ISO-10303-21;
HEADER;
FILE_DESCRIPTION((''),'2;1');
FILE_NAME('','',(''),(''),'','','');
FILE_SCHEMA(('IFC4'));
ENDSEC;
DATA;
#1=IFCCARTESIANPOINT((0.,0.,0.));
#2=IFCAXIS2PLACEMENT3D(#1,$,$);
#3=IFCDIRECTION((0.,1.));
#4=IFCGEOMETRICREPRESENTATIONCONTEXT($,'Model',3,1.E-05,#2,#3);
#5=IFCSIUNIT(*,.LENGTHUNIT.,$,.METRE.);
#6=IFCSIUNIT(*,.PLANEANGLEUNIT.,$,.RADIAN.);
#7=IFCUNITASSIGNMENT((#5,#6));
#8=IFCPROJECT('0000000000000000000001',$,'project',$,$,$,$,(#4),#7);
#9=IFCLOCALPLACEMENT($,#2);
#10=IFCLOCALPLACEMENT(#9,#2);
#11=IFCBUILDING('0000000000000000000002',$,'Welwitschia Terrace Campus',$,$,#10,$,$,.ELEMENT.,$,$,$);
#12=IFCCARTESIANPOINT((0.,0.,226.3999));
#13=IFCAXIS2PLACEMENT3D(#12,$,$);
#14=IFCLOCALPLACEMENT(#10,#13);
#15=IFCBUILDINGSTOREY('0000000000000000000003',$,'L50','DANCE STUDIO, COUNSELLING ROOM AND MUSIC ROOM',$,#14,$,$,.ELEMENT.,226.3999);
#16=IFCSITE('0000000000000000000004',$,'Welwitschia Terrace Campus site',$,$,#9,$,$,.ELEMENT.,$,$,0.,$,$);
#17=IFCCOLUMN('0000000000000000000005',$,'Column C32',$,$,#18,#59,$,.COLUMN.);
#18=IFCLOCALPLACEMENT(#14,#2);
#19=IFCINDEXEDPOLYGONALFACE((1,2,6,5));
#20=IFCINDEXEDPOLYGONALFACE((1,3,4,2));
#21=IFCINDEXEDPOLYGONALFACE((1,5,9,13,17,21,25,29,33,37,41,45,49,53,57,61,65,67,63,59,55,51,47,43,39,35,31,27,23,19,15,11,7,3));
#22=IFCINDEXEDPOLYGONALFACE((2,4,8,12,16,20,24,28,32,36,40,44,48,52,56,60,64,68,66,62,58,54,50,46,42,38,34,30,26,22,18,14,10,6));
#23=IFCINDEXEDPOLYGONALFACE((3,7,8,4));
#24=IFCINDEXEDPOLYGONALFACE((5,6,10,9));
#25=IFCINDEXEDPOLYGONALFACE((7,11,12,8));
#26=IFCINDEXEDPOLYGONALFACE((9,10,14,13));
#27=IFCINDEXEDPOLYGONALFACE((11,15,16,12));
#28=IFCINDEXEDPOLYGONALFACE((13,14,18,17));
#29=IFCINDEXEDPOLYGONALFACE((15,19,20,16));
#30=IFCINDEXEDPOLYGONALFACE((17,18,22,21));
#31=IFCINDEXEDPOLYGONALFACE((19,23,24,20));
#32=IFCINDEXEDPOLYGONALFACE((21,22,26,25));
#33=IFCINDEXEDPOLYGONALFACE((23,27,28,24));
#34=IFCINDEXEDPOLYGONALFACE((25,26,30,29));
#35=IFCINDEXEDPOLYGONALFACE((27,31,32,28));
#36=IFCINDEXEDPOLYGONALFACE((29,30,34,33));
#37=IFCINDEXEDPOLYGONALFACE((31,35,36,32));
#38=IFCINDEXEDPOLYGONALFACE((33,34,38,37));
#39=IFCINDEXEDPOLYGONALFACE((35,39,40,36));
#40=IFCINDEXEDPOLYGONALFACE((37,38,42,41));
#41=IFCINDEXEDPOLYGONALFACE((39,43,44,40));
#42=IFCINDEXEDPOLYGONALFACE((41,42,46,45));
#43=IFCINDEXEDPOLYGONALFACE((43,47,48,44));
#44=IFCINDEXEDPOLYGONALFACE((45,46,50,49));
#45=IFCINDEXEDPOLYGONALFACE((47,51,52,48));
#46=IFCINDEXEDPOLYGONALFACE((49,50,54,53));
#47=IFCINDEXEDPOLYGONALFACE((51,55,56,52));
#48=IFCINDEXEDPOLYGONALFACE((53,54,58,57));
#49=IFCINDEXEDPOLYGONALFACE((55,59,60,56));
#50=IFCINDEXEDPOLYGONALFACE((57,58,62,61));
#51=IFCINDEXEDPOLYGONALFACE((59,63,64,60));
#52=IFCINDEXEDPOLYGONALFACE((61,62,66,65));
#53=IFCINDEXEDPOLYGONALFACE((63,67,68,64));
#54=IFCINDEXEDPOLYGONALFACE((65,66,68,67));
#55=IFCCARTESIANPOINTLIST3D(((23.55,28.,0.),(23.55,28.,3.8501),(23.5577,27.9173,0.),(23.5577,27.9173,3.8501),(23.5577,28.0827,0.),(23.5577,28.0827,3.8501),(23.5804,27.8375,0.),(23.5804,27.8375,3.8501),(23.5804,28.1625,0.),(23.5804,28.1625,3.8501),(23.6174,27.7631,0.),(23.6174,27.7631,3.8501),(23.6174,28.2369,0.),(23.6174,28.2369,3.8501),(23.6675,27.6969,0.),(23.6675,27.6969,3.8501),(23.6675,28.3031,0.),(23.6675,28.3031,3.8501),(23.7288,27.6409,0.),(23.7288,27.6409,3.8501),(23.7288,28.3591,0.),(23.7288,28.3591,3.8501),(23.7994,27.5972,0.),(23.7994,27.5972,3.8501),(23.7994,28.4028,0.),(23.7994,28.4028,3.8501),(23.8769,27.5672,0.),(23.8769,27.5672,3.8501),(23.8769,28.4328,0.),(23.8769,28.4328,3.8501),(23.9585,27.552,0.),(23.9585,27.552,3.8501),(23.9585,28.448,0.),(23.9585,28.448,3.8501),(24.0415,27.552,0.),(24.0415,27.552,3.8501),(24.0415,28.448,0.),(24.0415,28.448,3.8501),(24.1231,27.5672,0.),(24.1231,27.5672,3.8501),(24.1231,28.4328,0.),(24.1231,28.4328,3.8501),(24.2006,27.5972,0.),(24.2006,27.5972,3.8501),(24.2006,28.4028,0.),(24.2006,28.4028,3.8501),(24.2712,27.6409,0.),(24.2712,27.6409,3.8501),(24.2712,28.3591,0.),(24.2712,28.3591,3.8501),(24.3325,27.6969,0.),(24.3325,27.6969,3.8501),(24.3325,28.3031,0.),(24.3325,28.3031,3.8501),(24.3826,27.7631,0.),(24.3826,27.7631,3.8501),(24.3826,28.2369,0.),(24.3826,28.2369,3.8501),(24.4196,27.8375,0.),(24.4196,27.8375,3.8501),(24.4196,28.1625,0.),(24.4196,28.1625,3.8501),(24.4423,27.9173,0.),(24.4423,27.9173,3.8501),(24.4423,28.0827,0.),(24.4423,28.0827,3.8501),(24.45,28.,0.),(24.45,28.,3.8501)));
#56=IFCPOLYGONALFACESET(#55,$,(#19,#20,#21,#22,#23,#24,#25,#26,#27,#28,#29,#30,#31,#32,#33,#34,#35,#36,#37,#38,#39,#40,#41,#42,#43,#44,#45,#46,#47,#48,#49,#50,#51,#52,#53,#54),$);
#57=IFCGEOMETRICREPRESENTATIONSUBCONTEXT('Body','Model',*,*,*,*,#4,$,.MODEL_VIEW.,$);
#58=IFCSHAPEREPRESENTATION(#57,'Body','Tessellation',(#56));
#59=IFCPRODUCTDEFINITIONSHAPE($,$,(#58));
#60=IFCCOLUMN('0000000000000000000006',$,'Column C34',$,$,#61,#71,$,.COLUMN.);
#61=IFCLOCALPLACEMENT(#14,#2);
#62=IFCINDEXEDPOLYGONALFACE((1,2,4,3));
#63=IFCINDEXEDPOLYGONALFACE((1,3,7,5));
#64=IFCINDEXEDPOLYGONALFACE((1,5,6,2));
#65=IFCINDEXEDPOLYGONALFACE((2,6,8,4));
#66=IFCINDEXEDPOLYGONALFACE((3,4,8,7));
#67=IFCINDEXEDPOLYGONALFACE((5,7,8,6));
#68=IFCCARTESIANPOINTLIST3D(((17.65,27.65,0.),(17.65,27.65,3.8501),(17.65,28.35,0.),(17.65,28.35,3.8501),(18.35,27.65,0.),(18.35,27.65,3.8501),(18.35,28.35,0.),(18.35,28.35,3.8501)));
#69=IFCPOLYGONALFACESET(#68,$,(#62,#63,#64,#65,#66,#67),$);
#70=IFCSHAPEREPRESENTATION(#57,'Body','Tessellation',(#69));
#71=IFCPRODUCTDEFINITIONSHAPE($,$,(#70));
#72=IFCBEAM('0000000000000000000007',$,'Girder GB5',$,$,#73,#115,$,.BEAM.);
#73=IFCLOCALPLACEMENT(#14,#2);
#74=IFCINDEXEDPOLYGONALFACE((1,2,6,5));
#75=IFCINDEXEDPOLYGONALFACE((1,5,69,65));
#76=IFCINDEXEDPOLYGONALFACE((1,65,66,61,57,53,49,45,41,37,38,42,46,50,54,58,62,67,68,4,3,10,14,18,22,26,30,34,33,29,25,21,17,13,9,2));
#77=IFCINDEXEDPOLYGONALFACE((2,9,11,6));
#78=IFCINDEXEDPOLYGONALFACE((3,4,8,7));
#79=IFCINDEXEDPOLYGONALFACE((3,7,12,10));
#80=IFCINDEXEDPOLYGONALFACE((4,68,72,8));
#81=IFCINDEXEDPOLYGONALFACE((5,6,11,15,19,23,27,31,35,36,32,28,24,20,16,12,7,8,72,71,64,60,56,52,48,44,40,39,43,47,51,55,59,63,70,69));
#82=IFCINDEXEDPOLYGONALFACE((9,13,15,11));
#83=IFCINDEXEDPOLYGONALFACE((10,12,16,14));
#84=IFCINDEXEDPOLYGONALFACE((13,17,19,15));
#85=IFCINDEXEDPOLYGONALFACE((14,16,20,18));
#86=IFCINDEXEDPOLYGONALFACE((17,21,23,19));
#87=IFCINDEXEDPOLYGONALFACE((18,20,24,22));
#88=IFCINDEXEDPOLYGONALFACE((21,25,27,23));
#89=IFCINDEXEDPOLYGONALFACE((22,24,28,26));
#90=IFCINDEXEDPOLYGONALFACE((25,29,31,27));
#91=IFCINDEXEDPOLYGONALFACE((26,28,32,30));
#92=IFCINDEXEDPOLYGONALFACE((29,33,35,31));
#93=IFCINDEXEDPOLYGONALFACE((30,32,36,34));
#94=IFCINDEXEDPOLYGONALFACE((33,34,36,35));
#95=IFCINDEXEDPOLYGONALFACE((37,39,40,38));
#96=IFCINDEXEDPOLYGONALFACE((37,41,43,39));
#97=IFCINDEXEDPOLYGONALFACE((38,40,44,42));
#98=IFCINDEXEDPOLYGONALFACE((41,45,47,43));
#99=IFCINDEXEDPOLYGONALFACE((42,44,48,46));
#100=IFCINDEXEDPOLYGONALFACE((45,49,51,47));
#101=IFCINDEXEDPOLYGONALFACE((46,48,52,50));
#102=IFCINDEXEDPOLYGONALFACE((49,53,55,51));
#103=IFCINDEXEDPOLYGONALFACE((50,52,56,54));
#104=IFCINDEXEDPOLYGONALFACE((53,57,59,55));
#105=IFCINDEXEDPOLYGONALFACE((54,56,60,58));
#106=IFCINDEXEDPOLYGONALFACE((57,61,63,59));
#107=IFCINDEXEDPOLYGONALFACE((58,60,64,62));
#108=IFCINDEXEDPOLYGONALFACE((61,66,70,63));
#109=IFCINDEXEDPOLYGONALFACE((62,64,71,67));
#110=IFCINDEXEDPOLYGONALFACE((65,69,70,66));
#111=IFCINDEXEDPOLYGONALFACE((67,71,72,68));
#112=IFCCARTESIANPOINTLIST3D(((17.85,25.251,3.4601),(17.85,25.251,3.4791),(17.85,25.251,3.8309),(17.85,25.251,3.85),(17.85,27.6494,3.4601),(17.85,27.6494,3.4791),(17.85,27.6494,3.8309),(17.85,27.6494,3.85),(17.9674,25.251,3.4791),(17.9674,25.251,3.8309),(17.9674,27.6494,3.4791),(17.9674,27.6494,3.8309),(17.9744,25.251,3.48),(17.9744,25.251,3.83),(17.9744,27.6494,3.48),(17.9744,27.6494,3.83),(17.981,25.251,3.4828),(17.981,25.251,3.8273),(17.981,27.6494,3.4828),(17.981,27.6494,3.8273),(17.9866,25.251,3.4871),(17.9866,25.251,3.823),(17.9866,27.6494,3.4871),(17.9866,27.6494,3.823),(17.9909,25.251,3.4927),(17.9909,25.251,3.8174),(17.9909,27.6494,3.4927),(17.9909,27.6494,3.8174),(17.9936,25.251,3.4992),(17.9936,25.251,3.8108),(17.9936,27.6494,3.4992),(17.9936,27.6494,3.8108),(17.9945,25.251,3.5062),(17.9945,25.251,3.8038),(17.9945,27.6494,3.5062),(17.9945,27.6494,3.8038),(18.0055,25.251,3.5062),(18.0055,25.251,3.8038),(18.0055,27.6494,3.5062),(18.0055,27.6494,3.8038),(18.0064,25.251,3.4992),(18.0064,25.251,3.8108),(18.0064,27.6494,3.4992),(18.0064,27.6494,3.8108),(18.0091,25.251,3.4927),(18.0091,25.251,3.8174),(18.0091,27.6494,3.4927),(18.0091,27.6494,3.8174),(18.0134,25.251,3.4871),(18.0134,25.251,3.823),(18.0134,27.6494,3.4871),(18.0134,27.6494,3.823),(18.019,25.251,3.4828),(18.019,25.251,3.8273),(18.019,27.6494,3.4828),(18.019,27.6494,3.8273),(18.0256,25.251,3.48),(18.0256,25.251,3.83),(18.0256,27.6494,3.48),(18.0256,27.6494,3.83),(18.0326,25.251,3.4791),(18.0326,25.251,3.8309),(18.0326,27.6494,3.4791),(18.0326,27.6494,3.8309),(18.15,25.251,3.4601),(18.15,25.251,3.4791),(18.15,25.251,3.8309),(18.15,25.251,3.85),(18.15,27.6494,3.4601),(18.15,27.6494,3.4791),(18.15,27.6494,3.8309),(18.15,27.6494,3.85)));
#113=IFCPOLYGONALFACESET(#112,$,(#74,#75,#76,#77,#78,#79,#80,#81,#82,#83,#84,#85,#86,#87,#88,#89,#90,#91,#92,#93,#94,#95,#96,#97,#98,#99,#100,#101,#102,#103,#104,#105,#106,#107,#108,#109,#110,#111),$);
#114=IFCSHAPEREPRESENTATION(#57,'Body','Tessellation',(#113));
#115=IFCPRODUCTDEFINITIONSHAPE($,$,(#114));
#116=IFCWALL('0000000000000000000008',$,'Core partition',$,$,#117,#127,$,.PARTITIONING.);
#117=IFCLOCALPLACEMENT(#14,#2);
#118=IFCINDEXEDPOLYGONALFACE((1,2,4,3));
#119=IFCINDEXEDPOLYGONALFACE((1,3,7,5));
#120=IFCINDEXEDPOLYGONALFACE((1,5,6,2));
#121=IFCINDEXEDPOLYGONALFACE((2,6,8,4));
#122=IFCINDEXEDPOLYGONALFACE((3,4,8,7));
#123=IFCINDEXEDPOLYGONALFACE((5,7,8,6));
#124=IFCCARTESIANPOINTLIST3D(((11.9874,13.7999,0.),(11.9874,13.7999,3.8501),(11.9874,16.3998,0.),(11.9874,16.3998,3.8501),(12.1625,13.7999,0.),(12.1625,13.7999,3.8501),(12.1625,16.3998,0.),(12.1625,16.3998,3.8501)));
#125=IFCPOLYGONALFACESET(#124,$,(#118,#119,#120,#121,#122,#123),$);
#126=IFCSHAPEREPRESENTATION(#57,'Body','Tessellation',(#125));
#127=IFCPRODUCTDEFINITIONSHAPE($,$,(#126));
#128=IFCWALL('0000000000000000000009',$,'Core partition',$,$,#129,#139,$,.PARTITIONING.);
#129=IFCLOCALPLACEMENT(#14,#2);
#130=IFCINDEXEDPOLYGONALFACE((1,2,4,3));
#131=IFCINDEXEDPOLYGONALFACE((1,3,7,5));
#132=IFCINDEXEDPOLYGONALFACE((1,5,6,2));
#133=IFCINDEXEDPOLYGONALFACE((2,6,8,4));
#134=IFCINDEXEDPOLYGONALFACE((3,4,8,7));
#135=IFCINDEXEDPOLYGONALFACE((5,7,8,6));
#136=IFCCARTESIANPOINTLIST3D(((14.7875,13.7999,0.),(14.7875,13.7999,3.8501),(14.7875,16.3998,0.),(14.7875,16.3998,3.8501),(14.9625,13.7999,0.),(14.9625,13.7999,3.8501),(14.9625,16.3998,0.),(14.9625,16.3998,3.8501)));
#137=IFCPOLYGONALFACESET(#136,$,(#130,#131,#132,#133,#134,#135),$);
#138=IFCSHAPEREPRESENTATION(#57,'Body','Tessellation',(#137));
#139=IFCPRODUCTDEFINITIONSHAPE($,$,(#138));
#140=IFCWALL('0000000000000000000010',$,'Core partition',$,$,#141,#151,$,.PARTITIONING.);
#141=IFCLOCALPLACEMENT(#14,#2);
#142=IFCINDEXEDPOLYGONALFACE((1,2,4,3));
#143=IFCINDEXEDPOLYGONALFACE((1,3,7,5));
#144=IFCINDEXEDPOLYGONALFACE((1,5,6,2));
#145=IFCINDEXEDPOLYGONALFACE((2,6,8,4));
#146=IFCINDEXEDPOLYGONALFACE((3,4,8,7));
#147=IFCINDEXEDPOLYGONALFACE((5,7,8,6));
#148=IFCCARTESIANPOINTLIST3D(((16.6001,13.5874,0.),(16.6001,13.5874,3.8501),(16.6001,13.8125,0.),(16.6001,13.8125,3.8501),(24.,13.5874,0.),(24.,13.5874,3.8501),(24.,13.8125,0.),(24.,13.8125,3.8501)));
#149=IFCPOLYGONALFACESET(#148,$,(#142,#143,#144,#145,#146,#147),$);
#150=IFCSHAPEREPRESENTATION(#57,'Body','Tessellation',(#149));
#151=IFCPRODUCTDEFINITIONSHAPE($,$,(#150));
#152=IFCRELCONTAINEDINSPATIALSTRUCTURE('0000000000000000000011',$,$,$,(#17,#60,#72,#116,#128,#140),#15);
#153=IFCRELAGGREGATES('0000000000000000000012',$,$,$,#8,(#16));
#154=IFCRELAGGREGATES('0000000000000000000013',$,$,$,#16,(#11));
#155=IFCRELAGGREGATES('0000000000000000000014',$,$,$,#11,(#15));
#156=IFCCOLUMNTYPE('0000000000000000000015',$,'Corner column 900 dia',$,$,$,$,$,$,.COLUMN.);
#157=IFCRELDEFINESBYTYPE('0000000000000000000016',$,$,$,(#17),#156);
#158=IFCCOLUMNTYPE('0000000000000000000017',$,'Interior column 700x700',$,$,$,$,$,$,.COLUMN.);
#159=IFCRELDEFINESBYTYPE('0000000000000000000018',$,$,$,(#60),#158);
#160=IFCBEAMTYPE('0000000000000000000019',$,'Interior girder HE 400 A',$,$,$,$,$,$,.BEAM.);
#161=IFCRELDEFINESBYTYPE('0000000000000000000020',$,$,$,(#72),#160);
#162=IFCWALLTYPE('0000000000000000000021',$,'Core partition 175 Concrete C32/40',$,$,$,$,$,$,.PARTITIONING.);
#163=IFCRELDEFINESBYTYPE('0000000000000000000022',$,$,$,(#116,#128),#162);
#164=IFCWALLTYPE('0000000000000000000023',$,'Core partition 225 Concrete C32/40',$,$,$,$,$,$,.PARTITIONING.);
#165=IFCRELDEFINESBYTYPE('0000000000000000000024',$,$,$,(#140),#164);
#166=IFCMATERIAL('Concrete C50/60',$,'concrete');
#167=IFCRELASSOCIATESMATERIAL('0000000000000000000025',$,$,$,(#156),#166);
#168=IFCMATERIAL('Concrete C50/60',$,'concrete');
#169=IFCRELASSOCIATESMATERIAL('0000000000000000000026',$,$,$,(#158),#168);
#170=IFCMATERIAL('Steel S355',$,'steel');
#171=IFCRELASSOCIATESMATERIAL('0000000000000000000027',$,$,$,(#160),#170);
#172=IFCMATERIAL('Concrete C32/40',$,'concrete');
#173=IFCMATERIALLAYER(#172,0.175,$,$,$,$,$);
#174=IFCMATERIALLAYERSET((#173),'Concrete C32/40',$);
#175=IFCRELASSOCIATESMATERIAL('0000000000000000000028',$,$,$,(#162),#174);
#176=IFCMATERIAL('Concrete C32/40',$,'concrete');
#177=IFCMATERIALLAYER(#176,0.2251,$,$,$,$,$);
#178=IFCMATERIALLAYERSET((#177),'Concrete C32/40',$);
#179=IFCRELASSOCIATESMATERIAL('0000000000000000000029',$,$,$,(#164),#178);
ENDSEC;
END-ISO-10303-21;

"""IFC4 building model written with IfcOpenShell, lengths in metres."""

from ifc_helpers import new_model, si_unit, direction, frame, frame_2d, origin, origin_2d, place, context, subcontext, project, spatial, rectangle, circle, i_section, extrude, material, layer, layer_set, material_profile, profile_set, type_object, element, save


model = new_model("IFC4")

# Units and contexts
model_context = context("Model", 3, precision=1e-05, world=origin(), true_north=direction((0.0, 1.0)))
body_context = subcontext(model_context, "Body", "Model", "MODEL_VIEW")
ifc_project = project(units=[si_unit("LENGTHUNIT", "METRE"), si_unit("PLANEANGLEUNIT", "RADIAN")], contexts=[model_context])

# Site, building, storey
site_placement = place(None, origin())
site = spatial("IfcSite", under=ifc_project, at=site_placement, Name="Welwitschia Terrace Campus site", CompositionType="ELEMENT", RefElevation=0.0)
building_placement = place(site_placement, origin())
building = spatial("IfcBuilding", under=site, at=building_placement, Name="Welwitschia Terrace Campus", CompositionType="ELEMENT")
storey_placement = place(building_placement, frame((0.0, 0.0, 226.3999)))
storey = spatial("IfcBuildingStorey", under=building, at=storey_placement, Name="L50", Description="DANCE STUDIO, COUNSELLING ROOM AND MUSIC ROOM", CompositionType="ELEMENT", Elevation=226.3999)

# Columns
ifc_material_1 = material(Name="Concrete C50/60", Category="concrete")
ifc_material_profile_1 = material_profile(ifc_material_1, circle(Radius=0.45, at=origin_2d()))
ifc_profile_set_1 = profile_set([ifc_material_profile_1], Name="Concrete C50/60")
column_type_1 = type_object("IfcColumnType", Name="Corner column 900 dia", PredefinedType="COLUMN", material=ifc_profile_set_1)
column_1_placement = place(storey_placement, frame((24.0, 28.0, 0.0), z_axis=(0.0, 0.0, 1.0), x_axis=(1.0, 0.0, 0.0)))
element("IfcColumn", 1, at=column_1_placement, inside=storey, type_object=column_type_1, Name="Column C32", PredefinedType="COLUMN", context=body_context, shape_type="SweptSolid", body=[
    extrude(circle(Radius=0.45, at=origin_2d()), origin(), (0.0, 0.0, 1.0), 3.8501),
])
ifc_material_2 = material(Name="Concrete C50/60", Category="concrete")
ifc_material_profile_2 = material_profile(ifc_material_2, rectangle(XDim=0.7, YDim=0.7, at=origin_2d()))
ifc_profile_set_2 = profile_set([ifc_material_profile_2], Name="Concrete C50/60")
column_type_2 = type_object("IfcColumnType", Name="Interior column 700x700", PredefinedType="COLUMN", material=ifc_profile_set_2)
column_2_placement = place(storey_placement, frame((18.0, 28.0, 0.0), z_axis=(0.0, 0.0, 1.0), x_axis=(1.0, 0.0, 0.0)))
element("IfcColumn", 2, at=column_2_placement, inside=storey, type_object=column_type_2, Name="Column C34", PredefinedType="COLUMN", context=body_context, shape_type="SweptSolid", body=[
    extrude(rectangle(XDim=0.7, YDim=0.7, at=origin_2d()), origin(), (0.0, 0.0, 1.0), 3.8501),
])

# Beam
ifc_material_3 = material(Name="Steel S355", Category="steel")
ifc_material_profile_3 = material_profile(ifc_material_3, i_section(OverallWidth=0.3, OverallDepth=0.3899, WebThickness=0.011, FlangeThickness=0.019, FilletRadius=0.0271, at=origin_2d()))
ifc_profile_set_3 = profile_set([ifc_material_profile_3], Name="Steel S355")
beam_type = type_object("IfcBeamType", Name="Interior girder HE 400 A", PredefinedType="BEAM", material=ifc_profile_set_3)
beam_placement = place(storey_placement, frame((18.0, 25.251, 3.655), z_axis=(0.0, 1.0, 0.0), x_axis=(-1.0, 0.0, 0.0)))
element("IfcBeam", 3, at=beam_placement, inside=storey, type_object=beam_type, Name="Girder GB5", PredefinedType="BEAM", context=body_context, shape_type="SweptSolid", body=[
    extrude(i_section(OverallWidth=0.3, OverallDepth=0.3899, WebThickness=0.011, FlangeThickness=0.019, FilletRadius=0.0271, at=origin_2d()), origin(), (0.0, 0.0, 1.0), 2.3984),
])

# Walls
ifc_material_4 = material(Name="Concrete C32/40", Category="concrete")
ifc_layer_1 = layer(ifc_material_4, 0.175)
ifc_layer_set_1 = layer_set([ifc_layer_1], Name="Concrete C32/40")
wall_type_1 = type_object("IfcWallType", Name="Core partition 175 Concrete C32/40", PredefinedType="PARTITIONING", material=ifc_layer_set_1)
for number, where, z_axis, x_axis, name in (
    (4, (12.075, 13.8, 0.0), (0.0, 0.0, 1.0), (0.0, 1.0, 0.0), "Core partition"),
    (5, (14.875, 13.8, 0.0), (0.0, 0.0, 1.0), (0.0, 1.0, 0.0), "Core partition"),
):
    element("IfcWall", number, at=place(storey_placement, frame(where, z_axis=z_axis, x_axis=x_axis)), inside=storey, type_object=wall_type_1, Name=name, PredefinedType="PARTITIONING", context=body_context, shape_type="SweptSolid", body=[
        extrude(rectangle(XDim=2.5999, YDim=0.175, at=frame_2d((1.2998, 0.0))), origin(), (0.0, 0.0, 1.0), 3.8501),
    ])
ifc_material_5 = material(Name="Concrete C32/40", Category="concrete")
ifc_layer_2 = layer(ifc_material_5, 0.2251)
ifc_layer_set_2 = layer_set([ifc_layer_2], Name="Concrete C32/40")
wall_type_2 = type_object("IfcWallType", Name="Core partition 225 Concrete C32/40", PredefinedType="PARTITIONING", material=ifc_layer_set_2)
wall_1_placement = place(storey_placement, frame((16.6001, 13.7, 0.0), z_axis=(0.0, 0.0, 1.0), x_axis=(1.0, 0.0, 0.0)))
element("IfcWall", 6, at=wall_1_placement, inside=storey, type_object=wall_type_2, Name="Core partition", PredefinedType="PARTITIONING", context=body_context, shape_type="SweptSolid", body=[
    extrude(rectangle(XDim=7.3999, YDim=0.2251, at=frame_2d((3.7, 0.0))), origin(), (0.0, 0.0, 1.0), 3.8501),
])

save(model, "model.ifc")
